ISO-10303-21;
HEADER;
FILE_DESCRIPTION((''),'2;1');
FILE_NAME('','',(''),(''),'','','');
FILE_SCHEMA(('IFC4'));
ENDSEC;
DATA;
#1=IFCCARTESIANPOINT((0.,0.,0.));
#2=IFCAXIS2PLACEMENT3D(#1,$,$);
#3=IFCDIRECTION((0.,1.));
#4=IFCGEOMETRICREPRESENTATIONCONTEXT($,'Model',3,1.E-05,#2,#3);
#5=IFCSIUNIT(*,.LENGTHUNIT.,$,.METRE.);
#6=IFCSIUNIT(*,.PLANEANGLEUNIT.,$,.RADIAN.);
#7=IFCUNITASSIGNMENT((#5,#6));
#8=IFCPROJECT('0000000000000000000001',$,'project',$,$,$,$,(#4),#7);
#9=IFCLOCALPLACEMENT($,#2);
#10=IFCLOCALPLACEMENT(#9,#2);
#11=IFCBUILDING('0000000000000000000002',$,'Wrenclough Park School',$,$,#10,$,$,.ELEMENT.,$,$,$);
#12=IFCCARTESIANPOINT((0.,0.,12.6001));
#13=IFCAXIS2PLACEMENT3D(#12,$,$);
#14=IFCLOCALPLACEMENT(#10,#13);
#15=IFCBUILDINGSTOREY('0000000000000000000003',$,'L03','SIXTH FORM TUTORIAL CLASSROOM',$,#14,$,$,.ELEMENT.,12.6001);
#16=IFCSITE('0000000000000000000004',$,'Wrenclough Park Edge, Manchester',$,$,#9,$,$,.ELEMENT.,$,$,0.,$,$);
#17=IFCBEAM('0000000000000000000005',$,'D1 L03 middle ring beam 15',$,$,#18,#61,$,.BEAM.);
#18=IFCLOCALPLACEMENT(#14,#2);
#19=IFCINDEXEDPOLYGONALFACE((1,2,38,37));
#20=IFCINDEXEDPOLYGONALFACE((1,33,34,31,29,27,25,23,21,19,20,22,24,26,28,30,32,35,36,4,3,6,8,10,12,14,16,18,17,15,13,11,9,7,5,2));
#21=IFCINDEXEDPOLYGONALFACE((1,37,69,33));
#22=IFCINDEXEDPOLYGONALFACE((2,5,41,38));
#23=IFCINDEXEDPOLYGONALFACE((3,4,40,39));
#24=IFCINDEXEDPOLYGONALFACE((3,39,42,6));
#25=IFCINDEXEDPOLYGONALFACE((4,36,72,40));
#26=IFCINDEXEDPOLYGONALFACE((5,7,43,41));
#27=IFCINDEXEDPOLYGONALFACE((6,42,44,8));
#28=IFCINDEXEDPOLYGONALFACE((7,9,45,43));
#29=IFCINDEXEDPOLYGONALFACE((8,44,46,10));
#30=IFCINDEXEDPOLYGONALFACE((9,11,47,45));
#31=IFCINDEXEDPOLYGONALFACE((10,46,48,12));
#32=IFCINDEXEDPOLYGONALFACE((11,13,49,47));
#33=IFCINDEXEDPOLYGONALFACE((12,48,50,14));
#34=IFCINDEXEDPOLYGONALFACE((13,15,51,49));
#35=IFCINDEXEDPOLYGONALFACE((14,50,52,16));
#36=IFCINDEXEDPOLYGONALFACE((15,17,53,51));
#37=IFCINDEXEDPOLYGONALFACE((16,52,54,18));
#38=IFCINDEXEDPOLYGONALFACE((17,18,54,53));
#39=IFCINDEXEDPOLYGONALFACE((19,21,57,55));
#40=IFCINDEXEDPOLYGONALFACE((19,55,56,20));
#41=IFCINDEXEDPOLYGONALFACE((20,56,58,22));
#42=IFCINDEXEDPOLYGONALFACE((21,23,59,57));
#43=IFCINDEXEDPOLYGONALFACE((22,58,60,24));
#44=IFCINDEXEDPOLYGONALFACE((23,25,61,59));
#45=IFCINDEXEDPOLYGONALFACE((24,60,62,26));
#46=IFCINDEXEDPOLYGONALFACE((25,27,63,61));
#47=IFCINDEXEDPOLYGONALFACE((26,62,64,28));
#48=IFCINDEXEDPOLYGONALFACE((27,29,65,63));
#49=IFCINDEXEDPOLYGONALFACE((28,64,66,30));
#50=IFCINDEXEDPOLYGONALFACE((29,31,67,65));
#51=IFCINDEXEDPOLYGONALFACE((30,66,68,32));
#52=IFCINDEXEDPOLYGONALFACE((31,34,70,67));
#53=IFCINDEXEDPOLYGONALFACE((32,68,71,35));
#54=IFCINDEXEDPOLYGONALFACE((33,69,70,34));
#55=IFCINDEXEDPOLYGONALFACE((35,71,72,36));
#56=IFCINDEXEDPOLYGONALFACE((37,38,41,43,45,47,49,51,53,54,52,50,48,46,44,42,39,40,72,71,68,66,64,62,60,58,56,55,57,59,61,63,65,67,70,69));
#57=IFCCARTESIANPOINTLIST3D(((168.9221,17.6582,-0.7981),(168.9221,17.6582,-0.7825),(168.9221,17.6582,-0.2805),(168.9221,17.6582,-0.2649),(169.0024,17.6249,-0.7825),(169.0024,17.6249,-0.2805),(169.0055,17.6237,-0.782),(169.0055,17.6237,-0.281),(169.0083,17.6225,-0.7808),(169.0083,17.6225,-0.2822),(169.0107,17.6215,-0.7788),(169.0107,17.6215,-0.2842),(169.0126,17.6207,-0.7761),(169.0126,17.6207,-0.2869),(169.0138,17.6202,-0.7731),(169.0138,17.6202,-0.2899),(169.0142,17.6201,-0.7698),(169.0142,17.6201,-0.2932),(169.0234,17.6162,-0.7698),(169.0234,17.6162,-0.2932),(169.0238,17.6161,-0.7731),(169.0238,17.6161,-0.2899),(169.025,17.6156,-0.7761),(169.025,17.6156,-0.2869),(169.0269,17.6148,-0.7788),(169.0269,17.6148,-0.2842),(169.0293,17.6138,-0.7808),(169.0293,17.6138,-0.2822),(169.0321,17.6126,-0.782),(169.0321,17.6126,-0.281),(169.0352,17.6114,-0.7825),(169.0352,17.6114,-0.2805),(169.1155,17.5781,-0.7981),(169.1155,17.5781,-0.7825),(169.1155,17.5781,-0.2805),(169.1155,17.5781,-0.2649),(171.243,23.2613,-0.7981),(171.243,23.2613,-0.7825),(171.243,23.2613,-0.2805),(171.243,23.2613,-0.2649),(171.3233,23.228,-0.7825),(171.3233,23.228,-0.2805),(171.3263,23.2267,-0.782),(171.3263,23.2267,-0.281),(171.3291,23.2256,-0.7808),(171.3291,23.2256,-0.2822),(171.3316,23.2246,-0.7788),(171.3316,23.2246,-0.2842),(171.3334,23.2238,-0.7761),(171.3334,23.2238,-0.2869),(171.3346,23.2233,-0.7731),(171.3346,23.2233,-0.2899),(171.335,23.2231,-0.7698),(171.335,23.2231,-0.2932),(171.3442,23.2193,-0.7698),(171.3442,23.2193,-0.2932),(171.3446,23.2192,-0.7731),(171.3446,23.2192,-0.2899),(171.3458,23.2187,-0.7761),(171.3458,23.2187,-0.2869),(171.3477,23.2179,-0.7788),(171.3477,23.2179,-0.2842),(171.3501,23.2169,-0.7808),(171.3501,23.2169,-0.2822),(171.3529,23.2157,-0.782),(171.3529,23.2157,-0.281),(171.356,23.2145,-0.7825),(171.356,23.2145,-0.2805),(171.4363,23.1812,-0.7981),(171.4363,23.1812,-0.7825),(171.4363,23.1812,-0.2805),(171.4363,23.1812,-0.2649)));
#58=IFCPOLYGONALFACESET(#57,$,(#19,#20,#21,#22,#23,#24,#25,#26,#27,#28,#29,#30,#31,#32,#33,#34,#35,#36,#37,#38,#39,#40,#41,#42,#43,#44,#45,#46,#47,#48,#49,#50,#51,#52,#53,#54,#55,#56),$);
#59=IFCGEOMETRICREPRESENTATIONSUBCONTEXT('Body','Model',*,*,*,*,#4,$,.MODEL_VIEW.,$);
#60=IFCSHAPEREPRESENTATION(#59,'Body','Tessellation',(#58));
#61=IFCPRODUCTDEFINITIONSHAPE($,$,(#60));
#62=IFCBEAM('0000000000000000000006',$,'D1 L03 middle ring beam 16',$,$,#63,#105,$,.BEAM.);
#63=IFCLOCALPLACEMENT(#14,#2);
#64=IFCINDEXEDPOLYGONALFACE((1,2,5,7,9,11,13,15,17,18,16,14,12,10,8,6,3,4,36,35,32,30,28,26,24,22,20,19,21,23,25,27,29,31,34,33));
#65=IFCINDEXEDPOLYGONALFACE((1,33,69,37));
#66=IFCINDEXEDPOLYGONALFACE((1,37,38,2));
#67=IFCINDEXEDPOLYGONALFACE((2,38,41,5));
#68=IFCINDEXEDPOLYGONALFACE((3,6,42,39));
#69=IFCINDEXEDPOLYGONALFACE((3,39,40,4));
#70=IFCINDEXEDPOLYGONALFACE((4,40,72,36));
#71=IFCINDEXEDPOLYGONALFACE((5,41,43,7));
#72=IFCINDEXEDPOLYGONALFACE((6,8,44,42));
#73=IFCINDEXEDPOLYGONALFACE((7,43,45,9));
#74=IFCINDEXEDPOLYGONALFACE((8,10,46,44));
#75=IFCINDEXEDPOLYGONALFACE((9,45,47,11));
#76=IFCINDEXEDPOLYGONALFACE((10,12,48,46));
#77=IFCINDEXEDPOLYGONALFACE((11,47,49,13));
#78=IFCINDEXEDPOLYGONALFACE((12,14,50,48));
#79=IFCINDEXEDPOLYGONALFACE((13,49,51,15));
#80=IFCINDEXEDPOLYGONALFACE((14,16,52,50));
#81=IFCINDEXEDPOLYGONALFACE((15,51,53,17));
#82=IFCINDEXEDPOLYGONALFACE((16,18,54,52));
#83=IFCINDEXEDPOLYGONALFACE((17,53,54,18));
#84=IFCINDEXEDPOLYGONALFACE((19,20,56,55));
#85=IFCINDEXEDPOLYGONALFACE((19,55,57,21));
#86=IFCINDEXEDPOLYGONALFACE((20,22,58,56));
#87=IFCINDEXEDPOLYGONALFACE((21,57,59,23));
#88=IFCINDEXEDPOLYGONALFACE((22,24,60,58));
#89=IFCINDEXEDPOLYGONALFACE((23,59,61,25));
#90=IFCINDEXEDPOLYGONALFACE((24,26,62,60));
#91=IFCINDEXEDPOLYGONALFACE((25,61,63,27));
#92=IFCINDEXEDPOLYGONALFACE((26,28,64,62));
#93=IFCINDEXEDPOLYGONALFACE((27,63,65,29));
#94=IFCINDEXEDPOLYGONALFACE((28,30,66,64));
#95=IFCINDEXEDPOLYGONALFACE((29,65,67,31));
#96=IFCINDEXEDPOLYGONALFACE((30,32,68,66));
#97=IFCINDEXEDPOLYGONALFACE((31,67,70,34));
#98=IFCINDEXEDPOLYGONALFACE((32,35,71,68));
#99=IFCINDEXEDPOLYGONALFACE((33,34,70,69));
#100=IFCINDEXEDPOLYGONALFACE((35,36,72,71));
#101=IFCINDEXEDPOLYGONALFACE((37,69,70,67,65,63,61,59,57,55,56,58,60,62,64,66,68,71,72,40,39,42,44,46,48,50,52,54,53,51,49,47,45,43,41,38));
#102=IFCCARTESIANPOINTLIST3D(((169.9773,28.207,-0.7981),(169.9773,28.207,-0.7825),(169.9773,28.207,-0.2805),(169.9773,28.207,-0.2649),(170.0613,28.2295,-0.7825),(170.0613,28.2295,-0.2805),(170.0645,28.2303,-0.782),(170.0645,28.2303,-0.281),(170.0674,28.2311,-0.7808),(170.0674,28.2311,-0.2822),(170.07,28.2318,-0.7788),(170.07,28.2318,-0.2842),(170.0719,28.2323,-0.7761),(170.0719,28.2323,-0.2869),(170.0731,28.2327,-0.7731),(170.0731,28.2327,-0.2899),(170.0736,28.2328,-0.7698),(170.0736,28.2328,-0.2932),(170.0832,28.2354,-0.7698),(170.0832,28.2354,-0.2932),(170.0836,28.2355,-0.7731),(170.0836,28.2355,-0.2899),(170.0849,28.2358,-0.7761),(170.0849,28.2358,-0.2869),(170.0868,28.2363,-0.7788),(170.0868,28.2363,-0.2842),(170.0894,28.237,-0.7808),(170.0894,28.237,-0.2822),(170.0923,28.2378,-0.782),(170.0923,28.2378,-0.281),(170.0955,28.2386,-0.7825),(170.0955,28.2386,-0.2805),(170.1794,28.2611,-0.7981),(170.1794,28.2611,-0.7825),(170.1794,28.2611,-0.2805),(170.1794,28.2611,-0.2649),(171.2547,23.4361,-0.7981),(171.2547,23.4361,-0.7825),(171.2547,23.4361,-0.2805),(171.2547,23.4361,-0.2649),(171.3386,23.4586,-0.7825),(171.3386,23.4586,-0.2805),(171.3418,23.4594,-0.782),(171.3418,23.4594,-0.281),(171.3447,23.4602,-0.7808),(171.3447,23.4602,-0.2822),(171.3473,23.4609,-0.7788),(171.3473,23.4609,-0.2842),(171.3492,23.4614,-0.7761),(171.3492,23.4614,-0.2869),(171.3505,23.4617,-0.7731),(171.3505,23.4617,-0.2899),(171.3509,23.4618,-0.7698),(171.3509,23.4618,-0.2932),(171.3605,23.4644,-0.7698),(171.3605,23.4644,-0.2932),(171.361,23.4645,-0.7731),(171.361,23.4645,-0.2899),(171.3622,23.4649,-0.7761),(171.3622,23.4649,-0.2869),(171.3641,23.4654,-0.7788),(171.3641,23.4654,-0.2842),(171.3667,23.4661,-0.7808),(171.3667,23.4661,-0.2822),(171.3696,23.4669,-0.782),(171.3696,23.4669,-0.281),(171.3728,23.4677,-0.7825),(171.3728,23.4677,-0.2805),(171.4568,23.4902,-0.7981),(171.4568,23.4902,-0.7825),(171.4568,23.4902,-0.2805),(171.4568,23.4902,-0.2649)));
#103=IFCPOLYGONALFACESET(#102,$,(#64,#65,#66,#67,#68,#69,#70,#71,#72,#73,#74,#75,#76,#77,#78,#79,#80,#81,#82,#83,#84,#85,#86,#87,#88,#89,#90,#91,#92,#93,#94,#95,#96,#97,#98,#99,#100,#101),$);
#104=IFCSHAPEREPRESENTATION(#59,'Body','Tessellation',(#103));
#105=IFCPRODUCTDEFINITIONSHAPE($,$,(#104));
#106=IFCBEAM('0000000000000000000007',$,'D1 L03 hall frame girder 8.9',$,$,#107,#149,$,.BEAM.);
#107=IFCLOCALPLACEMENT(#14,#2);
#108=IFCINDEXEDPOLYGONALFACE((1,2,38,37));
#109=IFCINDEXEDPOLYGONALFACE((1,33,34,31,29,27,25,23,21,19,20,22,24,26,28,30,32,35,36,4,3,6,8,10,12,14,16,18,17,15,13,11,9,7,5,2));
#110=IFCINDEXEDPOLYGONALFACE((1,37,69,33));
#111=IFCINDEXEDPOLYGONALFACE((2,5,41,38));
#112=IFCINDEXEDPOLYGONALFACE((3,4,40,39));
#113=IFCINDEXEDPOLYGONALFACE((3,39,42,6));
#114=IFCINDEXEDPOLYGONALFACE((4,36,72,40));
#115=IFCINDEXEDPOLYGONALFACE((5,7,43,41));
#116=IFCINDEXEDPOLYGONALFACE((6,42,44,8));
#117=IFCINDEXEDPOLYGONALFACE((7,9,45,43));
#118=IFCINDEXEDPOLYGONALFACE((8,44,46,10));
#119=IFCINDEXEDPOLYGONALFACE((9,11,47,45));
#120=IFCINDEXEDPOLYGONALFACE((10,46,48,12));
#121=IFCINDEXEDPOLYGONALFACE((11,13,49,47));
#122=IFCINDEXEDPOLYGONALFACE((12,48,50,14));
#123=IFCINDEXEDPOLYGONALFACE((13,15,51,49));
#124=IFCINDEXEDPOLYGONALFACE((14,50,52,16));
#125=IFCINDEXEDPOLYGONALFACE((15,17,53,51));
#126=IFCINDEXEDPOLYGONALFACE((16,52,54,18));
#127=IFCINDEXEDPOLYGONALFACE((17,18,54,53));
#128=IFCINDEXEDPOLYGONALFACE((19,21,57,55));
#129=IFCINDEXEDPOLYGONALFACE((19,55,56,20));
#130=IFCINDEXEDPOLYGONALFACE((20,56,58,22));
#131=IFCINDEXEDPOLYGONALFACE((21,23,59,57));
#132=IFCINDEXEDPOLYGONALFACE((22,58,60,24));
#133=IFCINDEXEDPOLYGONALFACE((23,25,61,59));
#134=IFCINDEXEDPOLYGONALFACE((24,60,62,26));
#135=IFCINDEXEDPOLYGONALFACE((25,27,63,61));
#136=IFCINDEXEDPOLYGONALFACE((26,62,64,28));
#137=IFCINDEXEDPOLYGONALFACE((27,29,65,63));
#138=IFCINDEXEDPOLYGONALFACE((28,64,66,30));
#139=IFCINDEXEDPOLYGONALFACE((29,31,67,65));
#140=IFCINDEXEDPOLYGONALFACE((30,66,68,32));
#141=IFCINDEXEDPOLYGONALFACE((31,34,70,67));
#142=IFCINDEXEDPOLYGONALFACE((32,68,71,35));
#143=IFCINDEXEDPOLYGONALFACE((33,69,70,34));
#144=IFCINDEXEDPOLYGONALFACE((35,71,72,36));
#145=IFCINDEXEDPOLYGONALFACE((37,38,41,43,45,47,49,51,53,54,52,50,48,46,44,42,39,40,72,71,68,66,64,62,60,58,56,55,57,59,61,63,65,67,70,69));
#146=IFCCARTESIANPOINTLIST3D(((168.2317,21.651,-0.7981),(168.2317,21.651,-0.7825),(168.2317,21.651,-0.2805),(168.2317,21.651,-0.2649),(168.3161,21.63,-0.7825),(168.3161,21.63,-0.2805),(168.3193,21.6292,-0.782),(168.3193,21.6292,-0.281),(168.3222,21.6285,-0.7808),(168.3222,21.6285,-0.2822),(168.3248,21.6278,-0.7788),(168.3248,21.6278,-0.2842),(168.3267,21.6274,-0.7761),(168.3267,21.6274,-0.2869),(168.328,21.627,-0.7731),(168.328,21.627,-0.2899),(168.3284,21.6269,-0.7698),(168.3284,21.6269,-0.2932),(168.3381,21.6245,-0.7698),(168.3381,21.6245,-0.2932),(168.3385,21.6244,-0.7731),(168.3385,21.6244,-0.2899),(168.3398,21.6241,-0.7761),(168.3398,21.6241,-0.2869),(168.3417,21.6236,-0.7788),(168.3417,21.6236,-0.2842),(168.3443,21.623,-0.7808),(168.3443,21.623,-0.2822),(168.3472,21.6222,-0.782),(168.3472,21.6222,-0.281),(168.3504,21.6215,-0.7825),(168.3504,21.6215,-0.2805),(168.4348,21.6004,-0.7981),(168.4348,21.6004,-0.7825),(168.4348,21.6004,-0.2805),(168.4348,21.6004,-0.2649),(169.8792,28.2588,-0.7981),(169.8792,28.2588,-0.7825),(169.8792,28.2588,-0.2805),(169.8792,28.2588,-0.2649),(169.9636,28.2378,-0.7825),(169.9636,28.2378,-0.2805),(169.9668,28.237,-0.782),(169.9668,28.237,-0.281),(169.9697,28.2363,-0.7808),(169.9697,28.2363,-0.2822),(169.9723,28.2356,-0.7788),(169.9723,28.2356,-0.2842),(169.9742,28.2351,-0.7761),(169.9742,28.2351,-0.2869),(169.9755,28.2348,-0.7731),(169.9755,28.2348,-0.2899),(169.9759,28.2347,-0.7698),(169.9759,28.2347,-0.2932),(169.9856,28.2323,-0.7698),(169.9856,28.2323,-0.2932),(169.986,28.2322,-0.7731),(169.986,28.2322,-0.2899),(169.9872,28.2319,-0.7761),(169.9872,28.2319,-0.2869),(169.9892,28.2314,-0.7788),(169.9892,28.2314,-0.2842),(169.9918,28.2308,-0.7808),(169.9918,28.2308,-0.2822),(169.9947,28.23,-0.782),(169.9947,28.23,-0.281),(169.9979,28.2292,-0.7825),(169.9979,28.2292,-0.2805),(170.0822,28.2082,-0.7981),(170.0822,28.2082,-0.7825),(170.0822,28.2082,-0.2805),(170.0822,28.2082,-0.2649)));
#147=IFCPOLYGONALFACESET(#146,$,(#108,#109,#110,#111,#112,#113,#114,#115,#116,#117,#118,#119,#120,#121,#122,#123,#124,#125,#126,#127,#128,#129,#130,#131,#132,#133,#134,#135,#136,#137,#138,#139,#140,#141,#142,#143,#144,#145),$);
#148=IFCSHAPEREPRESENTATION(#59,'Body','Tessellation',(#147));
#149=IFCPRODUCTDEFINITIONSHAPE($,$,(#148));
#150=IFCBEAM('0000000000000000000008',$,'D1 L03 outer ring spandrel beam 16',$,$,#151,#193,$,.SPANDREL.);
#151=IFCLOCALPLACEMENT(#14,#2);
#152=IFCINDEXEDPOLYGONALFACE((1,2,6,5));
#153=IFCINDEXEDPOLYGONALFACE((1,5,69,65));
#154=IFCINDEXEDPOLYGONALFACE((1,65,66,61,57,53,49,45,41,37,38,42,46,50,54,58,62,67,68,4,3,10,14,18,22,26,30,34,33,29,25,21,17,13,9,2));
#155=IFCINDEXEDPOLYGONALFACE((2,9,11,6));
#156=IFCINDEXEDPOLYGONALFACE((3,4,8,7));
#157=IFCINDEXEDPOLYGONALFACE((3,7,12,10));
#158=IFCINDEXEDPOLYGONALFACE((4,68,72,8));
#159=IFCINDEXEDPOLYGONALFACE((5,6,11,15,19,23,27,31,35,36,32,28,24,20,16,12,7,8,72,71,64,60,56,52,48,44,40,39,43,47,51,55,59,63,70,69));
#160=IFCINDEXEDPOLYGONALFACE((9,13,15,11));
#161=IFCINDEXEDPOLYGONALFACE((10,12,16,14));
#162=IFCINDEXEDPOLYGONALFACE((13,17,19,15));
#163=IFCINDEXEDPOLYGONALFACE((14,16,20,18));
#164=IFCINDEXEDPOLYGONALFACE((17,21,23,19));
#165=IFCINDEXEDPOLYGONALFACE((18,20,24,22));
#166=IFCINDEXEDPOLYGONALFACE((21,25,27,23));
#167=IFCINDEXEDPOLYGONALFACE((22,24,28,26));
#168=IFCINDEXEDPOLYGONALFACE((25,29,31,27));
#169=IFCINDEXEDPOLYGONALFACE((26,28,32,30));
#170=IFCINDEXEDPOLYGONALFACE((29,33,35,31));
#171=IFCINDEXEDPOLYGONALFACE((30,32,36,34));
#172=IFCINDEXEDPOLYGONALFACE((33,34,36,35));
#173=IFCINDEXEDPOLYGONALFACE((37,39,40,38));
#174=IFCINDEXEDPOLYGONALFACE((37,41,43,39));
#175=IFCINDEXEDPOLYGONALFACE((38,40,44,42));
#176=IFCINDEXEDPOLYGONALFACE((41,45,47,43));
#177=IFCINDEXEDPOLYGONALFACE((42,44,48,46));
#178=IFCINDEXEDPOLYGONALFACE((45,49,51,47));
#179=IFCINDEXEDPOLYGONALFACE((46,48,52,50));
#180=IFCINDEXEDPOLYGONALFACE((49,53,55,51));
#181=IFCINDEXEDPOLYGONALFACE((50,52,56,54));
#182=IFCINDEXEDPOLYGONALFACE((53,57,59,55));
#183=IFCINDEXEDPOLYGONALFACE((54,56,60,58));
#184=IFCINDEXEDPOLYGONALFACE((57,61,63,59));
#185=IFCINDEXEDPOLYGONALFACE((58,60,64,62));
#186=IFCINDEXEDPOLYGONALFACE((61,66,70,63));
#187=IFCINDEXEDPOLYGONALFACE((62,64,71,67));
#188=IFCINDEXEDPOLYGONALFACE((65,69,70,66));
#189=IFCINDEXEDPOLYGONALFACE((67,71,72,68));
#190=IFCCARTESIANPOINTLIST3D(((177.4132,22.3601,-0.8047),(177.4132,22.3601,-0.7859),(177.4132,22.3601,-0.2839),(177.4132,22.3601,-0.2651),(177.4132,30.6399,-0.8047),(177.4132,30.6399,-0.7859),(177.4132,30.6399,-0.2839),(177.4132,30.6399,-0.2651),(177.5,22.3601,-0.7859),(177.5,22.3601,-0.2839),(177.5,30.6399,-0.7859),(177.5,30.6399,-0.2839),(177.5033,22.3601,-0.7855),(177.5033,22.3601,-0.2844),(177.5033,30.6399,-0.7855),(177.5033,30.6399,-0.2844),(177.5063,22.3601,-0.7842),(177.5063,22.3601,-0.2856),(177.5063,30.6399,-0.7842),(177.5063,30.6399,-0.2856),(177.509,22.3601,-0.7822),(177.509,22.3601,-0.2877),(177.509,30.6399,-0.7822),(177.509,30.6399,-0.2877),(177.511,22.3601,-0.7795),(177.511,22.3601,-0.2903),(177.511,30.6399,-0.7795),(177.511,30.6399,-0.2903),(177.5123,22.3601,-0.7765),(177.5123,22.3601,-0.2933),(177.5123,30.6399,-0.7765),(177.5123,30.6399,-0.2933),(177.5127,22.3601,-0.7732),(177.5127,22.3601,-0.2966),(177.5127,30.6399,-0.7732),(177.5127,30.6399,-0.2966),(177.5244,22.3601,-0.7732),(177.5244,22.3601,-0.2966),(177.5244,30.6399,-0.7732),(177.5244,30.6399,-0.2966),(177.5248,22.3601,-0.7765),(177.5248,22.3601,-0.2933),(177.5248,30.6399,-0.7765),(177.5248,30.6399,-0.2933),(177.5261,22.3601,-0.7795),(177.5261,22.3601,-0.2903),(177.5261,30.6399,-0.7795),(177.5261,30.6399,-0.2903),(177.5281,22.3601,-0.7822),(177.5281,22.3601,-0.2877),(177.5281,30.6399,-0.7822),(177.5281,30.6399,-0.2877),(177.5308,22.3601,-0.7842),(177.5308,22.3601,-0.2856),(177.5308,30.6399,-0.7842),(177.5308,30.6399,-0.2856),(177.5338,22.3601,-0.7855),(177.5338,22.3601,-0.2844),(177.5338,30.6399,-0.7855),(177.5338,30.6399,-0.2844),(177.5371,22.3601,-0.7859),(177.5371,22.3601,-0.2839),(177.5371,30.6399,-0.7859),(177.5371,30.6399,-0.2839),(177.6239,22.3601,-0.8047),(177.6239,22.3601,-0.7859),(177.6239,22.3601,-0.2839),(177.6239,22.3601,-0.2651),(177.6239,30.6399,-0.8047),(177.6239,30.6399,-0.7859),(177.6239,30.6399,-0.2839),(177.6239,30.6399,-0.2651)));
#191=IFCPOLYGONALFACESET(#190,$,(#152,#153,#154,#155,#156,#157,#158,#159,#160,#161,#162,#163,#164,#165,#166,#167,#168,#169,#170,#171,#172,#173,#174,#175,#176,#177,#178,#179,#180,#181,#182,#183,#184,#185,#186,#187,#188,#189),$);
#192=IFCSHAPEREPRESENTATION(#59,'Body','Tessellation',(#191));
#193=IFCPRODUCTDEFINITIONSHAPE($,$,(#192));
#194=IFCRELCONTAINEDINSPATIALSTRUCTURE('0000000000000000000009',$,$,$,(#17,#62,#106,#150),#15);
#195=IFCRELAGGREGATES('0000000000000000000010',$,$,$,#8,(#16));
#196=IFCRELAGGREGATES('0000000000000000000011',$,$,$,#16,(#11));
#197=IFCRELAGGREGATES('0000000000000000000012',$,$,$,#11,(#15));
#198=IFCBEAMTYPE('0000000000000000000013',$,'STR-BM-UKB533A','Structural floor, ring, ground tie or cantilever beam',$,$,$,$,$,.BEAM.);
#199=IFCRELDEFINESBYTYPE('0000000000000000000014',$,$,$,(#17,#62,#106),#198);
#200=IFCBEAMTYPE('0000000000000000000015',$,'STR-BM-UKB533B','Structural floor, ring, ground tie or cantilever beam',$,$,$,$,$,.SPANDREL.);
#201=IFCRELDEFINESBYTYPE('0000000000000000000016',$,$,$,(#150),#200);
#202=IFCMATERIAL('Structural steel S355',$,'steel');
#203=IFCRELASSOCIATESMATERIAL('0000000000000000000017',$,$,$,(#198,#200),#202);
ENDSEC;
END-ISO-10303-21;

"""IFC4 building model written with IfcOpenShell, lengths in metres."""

from ifc_helpers import new_model, si_unit, direction, frame, origin, origin_2d, place, context, subcontext, project, spatial, i_section, extrude, material, material_profile, profile_set, type_object, element, save


model = new_model("IFC4")

# Units and contexts
model_context = context("Model", 3, precision=1e-05, world=origin(), true_north=direction((0.0, 1.0)))
body_context = subcontext(model_context, "Body", "Model", "MODEL_VIEW")
ifc_project = project(units=[si_unit("LENGTHUNIT", "METRE"), si_unit("PLANEANGLEUNIT", "RADIAN")], contexts=[model_context])

# Site, building, storey
site_placement = place(None, origin())
site = spatial("IfcSite", under=ifc_project, at=site_placement, Name="Wrenclough Park Edge, Manchester", CompositionType="ELEMENT", RefElevation=0.0)
building_placement = place(site_placement, origin())
building = spatial("IfcBuilding", under=site, at=building_placement, Name="Wrenclough Park School", CompositionType="ELEMENT")
storey_placement = place(building_placement, frame((0.0, 0.0, 12.6001)))
storey = spatial("IfcBuildingStorey", under=building, at=storey_placement, Name="L03", Description="SIXTH FORM TUTORIAL CLASSROOM", CompositionType="ELEMENT", Elevation=12.6001)

# Shared definitions
ifc_material_1 = material(Name="Structural steel S355", Category="steel")

# Beams
ifc_material_profile_1 = material_profile(ifc_material_1, i_section(OverallWidth=0.2092, OverallDepth=0.5332, WebThickness=0.01, FlangeThickness=0.0156, FilletRadius=0.0127, at=origin_2d()), Name="UKB 533x210x92")
ifc_profile_set_1 = profile_set([ifc_material_profile_1], Name="Structural steel S355")
beam_type_1 = type_object("IfcBeamType", Name="STR-BM-UKB533A", Description="Structural floor, ring, ground tie or cantilever beam", PredefinedType="BEAM", material=ifc_profile_set_1)
beam_1_placement = place(storey_placement, frame((169.0188, 17.6182, -0.5315), z_axis=(0.382677, 0.923882, 0.0), x_axis=(-0.923882, 0.382677, 0.0)))
element("IfcBeam", 1, at=beam_1_placement, inside=storey, type_object=beam_type_1, Name="D1 L03 middle ring beam 15", PredefinedType="BEAM", context=body_context, shape_type="SweptSolid", body=[
    extrude(i_section(OverallWidth=0.2092, OverallDepth=0.5332, WebThickness=0.01, FlangeThickness=0.0156, FilletRadius=0.0127, at=origin_2d()), origin(), (0.0, 0.0, 1.0), 6.0647),
])
beam_2_placement = place(storey_placement, frame((171.3557, 23.4631, -0.5315), z_axis=(-0.258622, 0.965978, 0.0), x_axis=(-0.965978, -0.258622, 0.0)))
element("IfcBeam", 2, at=beam_2_placement, inside=storey, type_object=beam_type_1, Name="D1 L03 middle ring beam 16", PredefinedType="BEAM", context=body_context, shape_type="SweptSolid", body=[
    extrude(i_section(OverallWidth=0.2092, OverallDepth=0.5332, WebThickness=0.01, FlangeThickness=0.0156, FilletRadius=0.0127, at=origin_2d()), origin(), (0.0, 0.0, 1.0), 4.939),
])
beam_3_placement = place(storey_placement, frame((168.3333, 21.6257, -0.5315), z_axis=(0.24192, 0.970296, 0.0), x_axis=(-0.970296, 0.24192, 0.0)))
element("IfcBeam", 3, at=beam_3_placement, inside=storey, type_object=beam_type_1, Name="D1 L03 hall frame girder 8.9", PredefinedType="BEAM", context=body_context, shape_type="SweptSolid", body=[
    extrude(i_section(OverallWidth=0.2092, OverallDepth=0.5332, WebThickness=0.01, FlangeThickness=0.0156, FilletRadius=0.0127, at=origin_2d()), origin(), (0.0, 0.0, 1.0), 6.8101),
])
ifc_material_profile_2 = material_profile(ifc_material_1, i_section(OverallWidth=0.2107, OverallDepth=0.5396, WebThickness=0.0117, FlangeThickness=0.0188, FilletRadius=0.0127, at=origin_2d()), Name="UKB 533x210x109")
ifc_profile_set_2 = profile_set([ifc_material_profile_2], Name="Structural steel S355")
beam_type_2 = type_object("IfcBeamType", Name="STR-BM-UKB533B", Description="Structural floor, ring, ground tie or cantilever beam", PredefinedType="SPANDREL", material=ifc_profile_set_2)
beam_4_placement = place(storey_placement, frame((177.5186, 22.3601, -0.5349), z_axis=(0.0, 1.0, 0.0), x_axis=(-1.0, 0.0, 0.0)))
element("IfcBeam", 4, at=beam_4_placement, inside=storey, type_object=beam_type_2, Name="D1 L03 outer ring spandrel beam 16", PredefinedType="SPANDREL", context=body_context, shape_type="SweptSolid", body=[
    extrude(i_section(OverallWidth=0.2107, OverallDepth=0.5396, WebThickness=0.0117, FlangeThickness=0.0188, FilletRadius=0.0127, at=origin_2d()), origin(), (0.0, 0.0, 1.0), 8.2798),
])

save(model, "model.ifc")
